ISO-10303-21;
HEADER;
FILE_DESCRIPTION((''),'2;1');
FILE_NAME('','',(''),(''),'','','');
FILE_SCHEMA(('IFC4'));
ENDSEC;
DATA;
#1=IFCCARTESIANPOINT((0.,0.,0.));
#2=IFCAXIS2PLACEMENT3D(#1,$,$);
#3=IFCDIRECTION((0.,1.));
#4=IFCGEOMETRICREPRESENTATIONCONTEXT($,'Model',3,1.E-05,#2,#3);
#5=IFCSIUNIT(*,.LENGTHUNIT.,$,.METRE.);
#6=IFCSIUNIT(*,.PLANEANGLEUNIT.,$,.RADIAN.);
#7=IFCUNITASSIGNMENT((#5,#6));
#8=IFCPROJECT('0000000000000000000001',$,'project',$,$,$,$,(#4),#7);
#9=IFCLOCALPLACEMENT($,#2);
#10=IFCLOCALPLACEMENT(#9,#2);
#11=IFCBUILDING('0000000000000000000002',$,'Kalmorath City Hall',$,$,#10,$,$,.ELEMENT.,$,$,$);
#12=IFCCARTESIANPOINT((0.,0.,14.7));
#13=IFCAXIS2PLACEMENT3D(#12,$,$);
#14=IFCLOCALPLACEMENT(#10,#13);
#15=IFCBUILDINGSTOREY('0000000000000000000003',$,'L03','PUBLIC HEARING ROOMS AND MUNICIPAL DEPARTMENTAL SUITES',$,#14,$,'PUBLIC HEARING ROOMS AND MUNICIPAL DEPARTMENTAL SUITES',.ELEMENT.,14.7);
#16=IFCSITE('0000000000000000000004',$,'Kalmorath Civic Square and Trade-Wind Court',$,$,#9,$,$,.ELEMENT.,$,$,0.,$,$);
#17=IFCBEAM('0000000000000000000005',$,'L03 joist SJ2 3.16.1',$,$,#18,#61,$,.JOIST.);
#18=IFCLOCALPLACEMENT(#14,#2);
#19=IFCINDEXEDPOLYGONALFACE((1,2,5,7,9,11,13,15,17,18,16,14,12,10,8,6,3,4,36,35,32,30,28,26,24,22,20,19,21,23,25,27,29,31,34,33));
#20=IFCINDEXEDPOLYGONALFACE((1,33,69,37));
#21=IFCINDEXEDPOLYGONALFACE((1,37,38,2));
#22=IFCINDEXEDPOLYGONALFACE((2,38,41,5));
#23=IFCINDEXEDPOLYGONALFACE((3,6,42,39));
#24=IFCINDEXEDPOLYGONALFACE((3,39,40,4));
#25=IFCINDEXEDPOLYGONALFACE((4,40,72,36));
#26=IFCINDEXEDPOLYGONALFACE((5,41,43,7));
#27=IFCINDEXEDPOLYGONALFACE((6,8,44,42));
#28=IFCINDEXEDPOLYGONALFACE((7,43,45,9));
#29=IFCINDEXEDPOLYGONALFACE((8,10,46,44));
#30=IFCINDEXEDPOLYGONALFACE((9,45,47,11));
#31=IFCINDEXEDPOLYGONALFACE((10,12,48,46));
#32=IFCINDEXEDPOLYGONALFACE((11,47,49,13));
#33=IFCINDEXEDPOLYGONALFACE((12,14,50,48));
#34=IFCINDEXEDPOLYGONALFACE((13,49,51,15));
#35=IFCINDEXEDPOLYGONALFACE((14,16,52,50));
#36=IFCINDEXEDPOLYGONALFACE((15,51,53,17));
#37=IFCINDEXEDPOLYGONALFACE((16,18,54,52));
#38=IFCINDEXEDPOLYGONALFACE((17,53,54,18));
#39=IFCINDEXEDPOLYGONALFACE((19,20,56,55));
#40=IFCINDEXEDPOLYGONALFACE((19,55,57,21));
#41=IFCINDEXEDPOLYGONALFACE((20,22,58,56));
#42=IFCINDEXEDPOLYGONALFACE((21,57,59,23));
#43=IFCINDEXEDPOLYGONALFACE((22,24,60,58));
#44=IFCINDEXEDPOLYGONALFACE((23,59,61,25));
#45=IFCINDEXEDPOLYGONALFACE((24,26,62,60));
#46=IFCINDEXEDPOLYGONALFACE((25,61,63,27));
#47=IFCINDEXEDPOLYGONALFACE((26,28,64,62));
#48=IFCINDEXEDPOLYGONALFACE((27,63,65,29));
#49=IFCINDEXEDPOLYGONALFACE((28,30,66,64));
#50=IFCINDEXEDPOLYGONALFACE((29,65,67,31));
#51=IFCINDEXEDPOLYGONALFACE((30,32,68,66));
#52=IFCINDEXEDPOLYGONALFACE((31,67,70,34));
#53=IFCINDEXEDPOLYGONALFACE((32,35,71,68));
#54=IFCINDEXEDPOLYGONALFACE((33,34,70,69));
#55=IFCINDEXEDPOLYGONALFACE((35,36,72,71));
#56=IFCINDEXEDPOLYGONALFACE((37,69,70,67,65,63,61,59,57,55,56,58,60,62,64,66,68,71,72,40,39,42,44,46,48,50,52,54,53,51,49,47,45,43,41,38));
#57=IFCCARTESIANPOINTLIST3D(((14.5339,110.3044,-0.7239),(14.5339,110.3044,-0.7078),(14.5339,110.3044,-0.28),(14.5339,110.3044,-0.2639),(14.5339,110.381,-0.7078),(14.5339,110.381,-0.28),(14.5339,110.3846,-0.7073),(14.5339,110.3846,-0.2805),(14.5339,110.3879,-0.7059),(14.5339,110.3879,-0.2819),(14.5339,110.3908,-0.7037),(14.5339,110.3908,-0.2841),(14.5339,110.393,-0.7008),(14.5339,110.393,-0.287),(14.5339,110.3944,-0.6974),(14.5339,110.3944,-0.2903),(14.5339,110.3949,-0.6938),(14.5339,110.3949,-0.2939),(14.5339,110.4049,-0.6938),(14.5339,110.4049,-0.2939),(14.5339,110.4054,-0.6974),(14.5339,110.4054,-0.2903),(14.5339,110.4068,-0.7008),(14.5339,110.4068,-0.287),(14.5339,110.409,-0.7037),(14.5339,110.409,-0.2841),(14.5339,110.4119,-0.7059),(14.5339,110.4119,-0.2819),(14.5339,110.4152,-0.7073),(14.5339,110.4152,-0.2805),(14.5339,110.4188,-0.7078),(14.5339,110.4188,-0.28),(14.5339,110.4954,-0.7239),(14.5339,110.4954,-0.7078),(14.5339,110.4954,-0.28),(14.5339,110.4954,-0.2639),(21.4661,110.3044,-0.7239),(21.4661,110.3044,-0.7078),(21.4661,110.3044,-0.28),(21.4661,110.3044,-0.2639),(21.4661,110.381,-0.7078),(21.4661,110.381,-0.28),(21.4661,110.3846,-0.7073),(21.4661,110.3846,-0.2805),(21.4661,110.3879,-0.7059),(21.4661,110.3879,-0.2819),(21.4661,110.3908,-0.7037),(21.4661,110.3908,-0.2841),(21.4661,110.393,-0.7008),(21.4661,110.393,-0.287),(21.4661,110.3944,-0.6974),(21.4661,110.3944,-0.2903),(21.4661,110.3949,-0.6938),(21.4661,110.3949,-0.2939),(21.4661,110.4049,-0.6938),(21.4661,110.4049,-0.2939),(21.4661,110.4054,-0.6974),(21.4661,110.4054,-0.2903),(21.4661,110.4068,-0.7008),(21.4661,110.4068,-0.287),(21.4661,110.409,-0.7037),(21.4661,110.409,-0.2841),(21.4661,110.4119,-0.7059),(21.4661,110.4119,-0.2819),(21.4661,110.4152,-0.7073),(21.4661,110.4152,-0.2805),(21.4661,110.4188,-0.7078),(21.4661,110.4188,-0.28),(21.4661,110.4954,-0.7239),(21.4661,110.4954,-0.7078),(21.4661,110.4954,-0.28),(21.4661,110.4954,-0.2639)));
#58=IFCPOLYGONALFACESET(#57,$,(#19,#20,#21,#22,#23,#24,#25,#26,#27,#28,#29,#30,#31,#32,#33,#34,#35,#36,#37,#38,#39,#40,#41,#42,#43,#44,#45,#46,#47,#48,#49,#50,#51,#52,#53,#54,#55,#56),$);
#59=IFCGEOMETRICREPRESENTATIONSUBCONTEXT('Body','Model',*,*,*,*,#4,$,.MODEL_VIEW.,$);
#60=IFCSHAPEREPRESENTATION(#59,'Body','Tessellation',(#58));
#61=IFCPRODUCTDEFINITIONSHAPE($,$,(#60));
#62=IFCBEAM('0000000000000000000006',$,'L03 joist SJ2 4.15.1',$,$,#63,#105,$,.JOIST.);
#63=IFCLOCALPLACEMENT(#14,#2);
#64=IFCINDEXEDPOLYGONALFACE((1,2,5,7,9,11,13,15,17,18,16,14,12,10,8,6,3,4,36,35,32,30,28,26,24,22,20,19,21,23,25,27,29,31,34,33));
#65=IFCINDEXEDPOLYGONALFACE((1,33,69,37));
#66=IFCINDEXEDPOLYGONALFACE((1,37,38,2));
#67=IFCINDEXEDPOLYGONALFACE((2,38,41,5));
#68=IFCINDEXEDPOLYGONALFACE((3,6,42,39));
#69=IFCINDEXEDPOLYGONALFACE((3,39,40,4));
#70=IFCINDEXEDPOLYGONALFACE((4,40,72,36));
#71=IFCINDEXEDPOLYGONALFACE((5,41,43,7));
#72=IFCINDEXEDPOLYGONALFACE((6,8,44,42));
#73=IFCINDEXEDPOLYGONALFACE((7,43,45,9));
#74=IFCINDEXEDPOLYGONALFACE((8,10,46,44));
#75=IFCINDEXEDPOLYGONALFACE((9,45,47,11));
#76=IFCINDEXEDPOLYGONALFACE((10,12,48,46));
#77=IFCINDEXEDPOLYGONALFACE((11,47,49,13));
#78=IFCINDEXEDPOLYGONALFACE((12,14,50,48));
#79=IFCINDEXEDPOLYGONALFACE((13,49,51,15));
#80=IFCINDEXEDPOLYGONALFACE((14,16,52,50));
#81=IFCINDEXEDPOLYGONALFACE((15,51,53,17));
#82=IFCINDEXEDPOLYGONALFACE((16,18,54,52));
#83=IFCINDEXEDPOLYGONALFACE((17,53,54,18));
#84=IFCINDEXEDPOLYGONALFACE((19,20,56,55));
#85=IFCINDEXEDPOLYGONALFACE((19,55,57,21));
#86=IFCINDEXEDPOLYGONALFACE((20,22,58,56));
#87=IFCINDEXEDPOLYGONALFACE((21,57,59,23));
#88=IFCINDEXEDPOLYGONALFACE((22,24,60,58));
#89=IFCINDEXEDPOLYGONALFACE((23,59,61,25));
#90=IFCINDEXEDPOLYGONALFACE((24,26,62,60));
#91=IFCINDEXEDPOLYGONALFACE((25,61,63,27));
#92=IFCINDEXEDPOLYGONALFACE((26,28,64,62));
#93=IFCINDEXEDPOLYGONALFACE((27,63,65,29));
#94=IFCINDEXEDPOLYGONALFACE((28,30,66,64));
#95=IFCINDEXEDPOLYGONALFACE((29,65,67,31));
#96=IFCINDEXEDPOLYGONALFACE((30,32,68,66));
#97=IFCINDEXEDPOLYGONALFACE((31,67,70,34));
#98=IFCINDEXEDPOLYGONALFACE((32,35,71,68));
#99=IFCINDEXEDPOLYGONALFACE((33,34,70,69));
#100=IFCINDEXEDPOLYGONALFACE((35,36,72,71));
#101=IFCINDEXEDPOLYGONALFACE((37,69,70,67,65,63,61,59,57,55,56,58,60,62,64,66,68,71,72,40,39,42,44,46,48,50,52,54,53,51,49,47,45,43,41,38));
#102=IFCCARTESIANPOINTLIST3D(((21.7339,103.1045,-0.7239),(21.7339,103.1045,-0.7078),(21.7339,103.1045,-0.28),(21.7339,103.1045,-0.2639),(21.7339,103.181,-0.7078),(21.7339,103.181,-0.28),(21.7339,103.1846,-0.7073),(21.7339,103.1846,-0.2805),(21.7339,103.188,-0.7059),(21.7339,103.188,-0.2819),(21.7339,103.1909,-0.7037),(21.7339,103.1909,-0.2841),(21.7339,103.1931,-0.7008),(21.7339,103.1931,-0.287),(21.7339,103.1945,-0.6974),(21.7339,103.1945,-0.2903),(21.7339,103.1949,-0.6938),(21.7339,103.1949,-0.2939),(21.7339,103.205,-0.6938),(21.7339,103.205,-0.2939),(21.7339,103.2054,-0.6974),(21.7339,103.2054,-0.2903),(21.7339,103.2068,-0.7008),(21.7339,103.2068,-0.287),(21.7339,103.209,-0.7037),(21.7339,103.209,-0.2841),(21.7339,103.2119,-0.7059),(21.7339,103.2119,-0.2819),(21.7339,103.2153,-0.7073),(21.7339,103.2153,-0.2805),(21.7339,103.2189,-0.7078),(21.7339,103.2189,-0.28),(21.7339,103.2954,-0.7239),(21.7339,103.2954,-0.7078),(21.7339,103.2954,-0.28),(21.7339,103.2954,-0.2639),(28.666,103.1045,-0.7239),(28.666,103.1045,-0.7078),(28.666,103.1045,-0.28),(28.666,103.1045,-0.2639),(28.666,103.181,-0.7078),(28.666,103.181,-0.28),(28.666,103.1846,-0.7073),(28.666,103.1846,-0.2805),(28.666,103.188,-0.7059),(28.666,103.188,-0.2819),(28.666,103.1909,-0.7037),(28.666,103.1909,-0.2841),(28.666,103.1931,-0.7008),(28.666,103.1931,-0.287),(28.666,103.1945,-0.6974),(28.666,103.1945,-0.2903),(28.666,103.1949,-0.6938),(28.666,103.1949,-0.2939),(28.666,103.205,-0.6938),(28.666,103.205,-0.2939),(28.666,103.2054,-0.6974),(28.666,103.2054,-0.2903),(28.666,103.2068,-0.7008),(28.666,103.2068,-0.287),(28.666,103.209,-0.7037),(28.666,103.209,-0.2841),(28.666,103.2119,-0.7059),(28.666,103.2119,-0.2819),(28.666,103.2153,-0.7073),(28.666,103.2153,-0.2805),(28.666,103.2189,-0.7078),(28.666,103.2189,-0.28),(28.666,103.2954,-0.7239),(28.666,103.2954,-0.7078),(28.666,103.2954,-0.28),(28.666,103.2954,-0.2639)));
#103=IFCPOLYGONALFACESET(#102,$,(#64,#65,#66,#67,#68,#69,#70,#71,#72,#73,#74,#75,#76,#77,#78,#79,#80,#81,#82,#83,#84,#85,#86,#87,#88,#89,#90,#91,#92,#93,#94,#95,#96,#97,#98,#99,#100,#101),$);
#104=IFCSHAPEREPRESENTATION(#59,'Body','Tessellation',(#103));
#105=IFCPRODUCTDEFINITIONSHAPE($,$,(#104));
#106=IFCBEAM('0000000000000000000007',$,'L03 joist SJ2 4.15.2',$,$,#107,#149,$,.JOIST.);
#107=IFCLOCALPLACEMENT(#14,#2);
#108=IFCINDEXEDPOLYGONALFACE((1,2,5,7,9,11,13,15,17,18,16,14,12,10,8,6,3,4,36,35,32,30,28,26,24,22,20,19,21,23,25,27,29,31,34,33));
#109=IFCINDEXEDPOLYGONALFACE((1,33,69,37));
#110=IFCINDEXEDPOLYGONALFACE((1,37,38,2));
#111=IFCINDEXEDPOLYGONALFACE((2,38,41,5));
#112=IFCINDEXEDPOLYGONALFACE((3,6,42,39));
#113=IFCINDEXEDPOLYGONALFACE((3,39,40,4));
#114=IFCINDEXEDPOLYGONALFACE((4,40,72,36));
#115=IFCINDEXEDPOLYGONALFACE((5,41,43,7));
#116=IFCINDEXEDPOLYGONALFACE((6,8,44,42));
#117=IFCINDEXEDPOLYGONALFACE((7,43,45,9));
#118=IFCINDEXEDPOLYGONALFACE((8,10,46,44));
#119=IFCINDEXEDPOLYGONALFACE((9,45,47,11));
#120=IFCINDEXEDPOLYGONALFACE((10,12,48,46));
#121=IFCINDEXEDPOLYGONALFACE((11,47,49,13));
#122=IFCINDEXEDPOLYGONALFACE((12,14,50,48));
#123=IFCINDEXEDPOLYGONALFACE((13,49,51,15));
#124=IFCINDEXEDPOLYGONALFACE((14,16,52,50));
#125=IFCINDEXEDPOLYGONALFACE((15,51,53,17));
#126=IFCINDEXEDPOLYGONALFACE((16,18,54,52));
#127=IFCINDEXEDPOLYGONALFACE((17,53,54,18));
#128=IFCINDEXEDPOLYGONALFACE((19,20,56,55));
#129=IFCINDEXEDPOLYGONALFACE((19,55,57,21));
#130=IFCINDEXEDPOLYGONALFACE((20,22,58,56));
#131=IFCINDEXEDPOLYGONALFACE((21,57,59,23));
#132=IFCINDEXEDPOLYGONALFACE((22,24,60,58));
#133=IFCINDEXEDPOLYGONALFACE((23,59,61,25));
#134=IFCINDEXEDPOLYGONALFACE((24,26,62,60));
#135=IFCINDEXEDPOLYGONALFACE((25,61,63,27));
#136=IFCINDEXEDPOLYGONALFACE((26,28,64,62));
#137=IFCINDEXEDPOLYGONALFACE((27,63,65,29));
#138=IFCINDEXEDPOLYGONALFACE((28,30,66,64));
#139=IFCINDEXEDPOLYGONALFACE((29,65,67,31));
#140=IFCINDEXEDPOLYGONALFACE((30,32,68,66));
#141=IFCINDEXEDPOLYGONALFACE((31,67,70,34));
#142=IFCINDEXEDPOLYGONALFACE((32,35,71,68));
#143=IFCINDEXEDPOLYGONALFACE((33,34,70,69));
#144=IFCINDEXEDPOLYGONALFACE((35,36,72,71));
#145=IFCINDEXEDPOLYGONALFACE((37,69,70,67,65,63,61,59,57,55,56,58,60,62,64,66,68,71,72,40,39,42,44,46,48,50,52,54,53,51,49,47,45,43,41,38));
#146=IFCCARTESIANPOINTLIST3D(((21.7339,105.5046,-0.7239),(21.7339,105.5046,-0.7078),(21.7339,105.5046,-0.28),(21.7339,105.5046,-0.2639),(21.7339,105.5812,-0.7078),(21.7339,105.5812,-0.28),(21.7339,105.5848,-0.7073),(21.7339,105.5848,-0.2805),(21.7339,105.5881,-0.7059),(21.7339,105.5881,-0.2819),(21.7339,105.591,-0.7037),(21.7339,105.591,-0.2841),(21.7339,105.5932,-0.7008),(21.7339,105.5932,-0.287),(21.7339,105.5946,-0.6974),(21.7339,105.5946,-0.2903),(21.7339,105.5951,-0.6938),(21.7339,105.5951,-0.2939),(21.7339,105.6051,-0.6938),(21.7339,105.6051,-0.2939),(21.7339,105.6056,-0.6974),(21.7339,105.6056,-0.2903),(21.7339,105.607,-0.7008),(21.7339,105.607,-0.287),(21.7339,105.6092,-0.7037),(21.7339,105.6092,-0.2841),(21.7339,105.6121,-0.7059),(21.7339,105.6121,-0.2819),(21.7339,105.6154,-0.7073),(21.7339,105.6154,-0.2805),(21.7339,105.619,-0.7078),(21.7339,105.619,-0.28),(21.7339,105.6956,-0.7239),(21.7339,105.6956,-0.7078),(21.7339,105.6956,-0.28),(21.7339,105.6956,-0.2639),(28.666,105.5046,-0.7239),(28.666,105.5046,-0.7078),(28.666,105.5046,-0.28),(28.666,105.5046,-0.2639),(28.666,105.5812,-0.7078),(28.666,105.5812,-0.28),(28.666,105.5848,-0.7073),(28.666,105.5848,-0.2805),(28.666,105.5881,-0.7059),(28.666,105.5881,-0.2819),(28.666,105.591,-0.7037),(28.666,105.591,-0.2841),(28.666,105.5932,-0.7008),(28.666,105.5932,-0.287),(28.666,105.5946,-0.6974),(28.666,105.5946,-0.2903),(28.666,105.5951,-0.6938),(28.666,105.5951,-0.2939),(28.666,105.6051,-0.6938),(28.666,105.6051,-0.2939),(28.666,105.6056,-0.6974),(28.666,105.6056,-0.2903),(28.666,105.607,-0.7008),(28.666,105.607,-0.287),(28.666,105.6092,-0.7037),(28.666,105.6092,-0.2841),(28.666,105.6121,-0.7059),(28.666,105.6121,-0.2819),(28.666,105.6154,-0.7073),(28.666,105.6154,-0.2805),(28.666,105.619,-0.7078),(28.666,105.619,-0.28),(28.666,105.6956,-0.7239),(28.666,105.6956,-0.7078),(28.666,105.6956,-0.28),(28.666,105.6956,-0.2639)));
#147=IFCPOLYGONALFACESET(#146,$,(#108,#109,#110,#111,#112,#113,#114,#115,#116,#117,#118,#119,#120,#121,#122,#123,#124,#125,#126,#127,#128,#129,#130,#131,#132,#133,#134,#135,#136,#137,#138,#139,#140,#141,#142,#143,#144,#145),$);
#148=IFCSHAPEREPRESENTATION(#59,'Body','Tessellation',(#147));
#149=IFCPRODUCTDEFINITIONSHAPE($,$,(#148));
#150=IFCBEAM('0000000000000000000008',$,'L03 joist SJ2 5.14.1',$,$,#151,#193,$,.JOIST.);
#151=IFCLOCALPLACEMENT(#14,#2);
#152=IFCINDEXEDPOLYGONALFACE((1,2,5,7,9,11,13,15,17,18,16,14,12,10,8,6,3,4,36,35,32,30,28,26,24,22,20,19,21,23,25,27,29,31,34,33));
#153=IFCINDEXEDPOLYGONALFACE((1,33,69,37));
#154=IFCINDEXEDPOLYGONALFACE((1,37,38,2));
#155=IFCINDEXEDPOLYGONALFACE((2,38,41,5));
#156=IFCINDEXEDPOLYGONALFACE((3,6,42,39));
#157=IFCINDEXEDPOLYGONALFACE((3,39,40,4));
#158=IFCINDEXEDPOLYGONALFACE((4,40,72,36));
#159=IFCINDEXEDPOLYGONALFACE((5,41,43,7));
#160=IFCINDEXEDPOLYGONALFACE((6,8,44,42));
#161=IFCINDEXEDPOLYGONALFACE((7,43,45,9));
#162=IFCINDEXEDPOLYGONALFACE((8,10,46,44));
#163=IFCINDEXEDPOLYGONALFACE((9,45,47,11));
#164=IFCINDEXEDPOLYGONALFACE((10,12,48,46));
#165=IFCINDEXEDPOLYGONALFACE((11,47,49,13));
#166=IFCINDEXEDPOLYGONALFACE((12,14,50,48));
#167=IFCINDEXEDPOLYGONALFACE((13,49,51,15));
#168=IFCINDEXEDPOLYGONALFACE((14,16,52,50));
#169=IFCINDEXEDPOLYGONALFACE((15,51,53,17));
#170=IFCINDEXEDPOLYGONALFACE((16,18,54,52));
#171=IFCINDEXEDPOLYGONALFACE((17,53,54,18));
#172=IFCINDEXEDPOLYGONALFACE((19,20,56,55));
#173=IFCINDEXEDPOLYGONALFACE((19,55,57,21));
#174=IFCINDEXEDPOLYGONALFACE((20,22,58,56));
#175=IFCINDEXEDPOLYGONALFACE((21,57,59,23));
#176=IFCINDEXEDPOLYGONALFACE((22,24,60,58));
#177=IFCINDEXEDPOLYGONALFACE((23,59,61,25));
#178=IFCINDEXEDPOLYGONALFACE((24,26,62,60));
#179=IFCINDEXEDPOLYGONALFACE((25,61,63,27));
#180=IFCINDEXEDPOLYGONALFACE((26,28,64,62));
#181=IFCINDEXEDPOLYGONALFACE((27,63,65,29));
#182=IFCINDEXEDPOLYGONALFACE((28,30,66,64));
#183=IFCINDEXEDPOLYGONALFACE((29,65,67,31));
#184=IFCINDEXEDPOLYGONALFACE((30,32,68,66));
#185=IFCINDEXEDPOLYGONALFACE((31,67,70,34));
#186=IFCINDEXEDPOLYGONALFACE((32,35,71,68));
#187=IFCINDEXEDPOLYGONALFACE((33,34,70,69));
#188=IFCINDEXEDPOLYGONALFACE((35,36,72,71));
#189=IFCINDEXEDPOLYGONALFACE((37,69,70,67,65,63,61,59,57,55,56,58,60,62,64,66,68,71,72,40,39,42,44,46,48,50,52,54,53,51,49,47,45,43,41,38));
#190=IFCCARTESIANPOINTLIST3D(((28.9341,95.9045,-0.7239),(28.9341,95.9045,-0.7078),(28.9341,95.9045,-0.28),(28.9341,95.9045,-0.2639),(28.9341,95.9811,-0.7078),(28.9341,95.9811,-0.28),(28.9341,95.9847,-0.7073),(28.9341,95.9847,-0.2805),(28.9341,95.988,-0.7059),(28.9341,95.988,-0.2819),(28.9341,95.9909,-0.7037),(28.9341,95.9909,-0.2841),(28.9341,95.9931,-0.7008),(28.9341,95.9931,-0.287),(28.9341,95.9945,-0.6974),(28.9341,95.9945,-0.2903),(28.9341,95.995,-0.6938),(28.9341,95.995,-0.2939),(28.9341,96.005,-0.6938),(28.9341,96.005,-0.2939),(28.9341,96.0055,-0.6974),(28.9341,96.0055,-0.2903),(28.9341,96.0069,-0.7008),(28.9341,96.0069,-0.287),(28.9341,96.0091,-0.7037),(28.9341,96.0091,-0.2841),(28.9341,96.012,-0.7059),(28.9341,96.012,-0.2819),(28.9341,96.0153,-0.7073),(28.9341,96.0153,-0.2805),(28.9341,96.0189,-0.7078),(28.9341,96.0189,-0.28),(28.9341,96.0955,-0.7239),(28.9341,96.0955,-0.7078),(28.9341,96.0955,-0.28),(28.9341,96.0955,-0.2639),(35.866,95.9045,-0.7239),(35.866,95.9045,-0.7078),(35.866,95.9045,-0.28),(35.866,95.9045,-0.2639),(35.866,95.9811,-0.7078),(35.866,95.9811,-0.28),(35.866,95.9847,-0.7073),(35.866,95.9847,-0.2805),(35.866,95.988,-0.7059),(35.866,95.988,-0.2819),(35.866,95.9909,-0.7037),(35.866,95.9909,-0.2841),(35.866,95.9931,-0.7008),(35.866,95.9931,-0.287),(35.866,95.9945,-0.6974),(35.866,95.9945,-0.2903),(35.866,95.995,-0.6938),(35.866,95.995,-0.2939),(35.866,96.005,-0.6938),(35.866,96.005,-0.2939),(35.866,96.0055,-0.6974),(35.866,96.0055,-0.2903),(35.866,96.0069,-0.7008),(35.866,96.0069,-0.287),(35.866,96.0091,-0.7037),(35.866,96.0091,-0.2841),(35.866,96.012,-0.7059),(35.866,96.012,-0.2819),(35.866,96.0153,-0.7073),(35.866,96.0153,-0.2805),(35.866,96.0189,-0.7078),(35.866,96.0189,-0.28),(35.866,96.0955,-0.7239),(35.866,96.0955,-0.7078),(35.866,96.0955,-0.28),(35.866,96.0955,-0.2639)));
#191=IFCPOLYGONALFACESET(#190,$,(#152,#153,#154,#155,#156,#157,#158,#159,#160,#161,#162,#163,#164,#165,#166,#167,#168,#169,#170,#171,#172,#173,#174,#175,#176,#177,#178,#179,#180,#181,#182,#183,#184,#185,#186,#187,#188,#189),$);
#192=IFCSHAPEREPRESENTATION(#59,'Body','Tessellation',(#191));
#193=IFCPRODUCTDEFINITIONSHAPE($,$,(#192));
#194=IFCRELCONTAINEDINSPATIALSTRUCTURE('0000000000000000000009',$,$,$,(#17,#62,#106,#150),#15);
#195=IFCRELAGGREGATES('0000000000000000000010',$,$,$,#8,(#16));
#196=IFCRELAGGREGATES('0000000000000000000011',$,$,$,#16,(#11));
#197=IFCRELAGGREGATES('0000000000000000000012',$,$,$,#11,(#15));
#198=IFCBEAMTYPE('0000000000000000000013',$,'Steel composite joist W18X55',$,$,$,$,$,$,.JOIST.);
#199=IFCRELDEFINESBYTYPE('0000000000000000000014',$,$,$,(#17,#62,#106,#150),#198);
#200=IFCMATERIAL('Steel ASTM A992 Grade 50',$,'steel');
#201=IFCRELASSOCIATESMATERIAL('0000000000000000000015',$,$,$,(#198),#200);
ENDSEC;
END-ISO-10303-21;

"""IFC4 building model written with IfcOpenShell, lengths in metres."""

from ifc_helpers import new_model, si_unit, direction, frame, origin, origin_2d, place, context, subcontext, project, spatial, i_section, extrude, material, material_profile, profile_set, type_object, element, save


model = new_model("IFC4")

# Units and contexts
model_context = context("Model", 3, precision=1e-05, world=origin(), true_north=direction((0.0, 1.0)))
body_context = subcontext(model_context, "Body", "Model", "MODEL_VIEW")
ifc_project = project(units=[si_unit("LENGTHUNIT", "METRE"), si_unit("PLANEANGLEUNIT", "RADIAN")], contexts=[model_context])

# Site, building, storey
site_placement = place(None, origin())
site = spatial("IfcSite", under=ifc_project, at=site_placement, Name="Kalmorath Civic Square and Trade-Wind Court", CompositionType="ELEMENT", RefElevation=0.0)
building_placement = place(site_placement, origin())
building = spatial("IfcBuilding", under=site, at=building_placement, Name="Kalmorath City Hall", CompositionType="ELEMENT")
storey_placement = place(building_placement, frame((0.0, 0.0, 14.7)))
storey = spatial("IfcBuildingStorey", under=building, at=storey_placement, Name="L03", Description="PUBLIC HEARING ROOMS AND MUNICIPAL DEPARTMENTAL SUITES", LongName="PUBLIC HEARING ROOMS AND MUNICIPAL DEPARTMENTAL SUITES", CompositionType="ELEMENT", Elevation=14.7)

# Beams
ifc_material_1 = material(Name="Steel ASTM A992 Grade 50", Category="steel")
ifc_material_profile_1 = material_profile(ifc_material_1, i_section(OverallWidth=0.1909, OverallDepth=0.46, WebThickness=0.01, FlangeThickness=0.0161, FilletRadius=0.0139, at=origin_2d()), Name="W18X55")
ifc_profile_set_1 = profile_set([ifc_material_profile_1], Name="Steel ASTM A992 Grade 50")
beam_type_1 = type_object("IfcBeamType", Name="Steel composite joist W18X55", PredefinedType="JOIST", material=ifc_profile_set_1)
for number, where, z_axis, x_axis, name in (
    (1, (14.5339, 110.3999, -0.4939), (1.0, 0.0, 0.0), (0.0, 1.0, 0.0), "L03 joist SJ2 3.16.1"),
    (2, (21.7339, 103.2, -0.4939), (1.0, 0.0, 0.0), (0.0, 1.0, 0.0), "L03 joist SJ2 4.15.1"),
    (3, (21.7339, 105.6001, -0.4939), (1.0, 0.0, 0.0), (0.0, 1.0, 0.0), "L03 joist SJ2 4.15.2"),
):
    element("IfcBeam", number, at=place(storey_placement, frame(where, z_axis=z_axis, x_axis=x_axis)), inside=storey, type_object=beam_type_1, Name=name, PredefinedType="JOIST", context=body_context, shape_type="SweptSolid", body=[
        extrude(i_section(OverallWidth=0.1909, OverallDepth=0.46, WebThickness=0.01, FlangeThickness=0.0161, FilletRadius=0.0139, at=origin_2d()), origin(), (0.0, 0.0, 1.0), 6.9321),
    ])
for number, where, z_axis, x_axis, name in (
    (4, (28.9341, 96.0, -0.4939), (1.0, 0.0, 0.0), (0.0, 1.0, 0.0), "L03 joist SJ2 5.14.1"),
):
    element("IfcBeam", number, at=place(storey_placement, frame(where, z_axis=z_axis, x_axis=x_axis)), inside=storey, type_object=beam_type_1, Name=name, PredefinedType="JOIST", context=body_context, shape_type="SweptSolid", body=[
        extrude(i_section(OverallWidth=0.1909, OverallDepth=0.46, WebThickness=0.01, FlangeThickness=0.0161, FilletRadius=0.0139, at=origin_2d()), origin(), (0.0, 0.0, 1.0), 6.9319),
    ])

save(model, "model.ifc")
